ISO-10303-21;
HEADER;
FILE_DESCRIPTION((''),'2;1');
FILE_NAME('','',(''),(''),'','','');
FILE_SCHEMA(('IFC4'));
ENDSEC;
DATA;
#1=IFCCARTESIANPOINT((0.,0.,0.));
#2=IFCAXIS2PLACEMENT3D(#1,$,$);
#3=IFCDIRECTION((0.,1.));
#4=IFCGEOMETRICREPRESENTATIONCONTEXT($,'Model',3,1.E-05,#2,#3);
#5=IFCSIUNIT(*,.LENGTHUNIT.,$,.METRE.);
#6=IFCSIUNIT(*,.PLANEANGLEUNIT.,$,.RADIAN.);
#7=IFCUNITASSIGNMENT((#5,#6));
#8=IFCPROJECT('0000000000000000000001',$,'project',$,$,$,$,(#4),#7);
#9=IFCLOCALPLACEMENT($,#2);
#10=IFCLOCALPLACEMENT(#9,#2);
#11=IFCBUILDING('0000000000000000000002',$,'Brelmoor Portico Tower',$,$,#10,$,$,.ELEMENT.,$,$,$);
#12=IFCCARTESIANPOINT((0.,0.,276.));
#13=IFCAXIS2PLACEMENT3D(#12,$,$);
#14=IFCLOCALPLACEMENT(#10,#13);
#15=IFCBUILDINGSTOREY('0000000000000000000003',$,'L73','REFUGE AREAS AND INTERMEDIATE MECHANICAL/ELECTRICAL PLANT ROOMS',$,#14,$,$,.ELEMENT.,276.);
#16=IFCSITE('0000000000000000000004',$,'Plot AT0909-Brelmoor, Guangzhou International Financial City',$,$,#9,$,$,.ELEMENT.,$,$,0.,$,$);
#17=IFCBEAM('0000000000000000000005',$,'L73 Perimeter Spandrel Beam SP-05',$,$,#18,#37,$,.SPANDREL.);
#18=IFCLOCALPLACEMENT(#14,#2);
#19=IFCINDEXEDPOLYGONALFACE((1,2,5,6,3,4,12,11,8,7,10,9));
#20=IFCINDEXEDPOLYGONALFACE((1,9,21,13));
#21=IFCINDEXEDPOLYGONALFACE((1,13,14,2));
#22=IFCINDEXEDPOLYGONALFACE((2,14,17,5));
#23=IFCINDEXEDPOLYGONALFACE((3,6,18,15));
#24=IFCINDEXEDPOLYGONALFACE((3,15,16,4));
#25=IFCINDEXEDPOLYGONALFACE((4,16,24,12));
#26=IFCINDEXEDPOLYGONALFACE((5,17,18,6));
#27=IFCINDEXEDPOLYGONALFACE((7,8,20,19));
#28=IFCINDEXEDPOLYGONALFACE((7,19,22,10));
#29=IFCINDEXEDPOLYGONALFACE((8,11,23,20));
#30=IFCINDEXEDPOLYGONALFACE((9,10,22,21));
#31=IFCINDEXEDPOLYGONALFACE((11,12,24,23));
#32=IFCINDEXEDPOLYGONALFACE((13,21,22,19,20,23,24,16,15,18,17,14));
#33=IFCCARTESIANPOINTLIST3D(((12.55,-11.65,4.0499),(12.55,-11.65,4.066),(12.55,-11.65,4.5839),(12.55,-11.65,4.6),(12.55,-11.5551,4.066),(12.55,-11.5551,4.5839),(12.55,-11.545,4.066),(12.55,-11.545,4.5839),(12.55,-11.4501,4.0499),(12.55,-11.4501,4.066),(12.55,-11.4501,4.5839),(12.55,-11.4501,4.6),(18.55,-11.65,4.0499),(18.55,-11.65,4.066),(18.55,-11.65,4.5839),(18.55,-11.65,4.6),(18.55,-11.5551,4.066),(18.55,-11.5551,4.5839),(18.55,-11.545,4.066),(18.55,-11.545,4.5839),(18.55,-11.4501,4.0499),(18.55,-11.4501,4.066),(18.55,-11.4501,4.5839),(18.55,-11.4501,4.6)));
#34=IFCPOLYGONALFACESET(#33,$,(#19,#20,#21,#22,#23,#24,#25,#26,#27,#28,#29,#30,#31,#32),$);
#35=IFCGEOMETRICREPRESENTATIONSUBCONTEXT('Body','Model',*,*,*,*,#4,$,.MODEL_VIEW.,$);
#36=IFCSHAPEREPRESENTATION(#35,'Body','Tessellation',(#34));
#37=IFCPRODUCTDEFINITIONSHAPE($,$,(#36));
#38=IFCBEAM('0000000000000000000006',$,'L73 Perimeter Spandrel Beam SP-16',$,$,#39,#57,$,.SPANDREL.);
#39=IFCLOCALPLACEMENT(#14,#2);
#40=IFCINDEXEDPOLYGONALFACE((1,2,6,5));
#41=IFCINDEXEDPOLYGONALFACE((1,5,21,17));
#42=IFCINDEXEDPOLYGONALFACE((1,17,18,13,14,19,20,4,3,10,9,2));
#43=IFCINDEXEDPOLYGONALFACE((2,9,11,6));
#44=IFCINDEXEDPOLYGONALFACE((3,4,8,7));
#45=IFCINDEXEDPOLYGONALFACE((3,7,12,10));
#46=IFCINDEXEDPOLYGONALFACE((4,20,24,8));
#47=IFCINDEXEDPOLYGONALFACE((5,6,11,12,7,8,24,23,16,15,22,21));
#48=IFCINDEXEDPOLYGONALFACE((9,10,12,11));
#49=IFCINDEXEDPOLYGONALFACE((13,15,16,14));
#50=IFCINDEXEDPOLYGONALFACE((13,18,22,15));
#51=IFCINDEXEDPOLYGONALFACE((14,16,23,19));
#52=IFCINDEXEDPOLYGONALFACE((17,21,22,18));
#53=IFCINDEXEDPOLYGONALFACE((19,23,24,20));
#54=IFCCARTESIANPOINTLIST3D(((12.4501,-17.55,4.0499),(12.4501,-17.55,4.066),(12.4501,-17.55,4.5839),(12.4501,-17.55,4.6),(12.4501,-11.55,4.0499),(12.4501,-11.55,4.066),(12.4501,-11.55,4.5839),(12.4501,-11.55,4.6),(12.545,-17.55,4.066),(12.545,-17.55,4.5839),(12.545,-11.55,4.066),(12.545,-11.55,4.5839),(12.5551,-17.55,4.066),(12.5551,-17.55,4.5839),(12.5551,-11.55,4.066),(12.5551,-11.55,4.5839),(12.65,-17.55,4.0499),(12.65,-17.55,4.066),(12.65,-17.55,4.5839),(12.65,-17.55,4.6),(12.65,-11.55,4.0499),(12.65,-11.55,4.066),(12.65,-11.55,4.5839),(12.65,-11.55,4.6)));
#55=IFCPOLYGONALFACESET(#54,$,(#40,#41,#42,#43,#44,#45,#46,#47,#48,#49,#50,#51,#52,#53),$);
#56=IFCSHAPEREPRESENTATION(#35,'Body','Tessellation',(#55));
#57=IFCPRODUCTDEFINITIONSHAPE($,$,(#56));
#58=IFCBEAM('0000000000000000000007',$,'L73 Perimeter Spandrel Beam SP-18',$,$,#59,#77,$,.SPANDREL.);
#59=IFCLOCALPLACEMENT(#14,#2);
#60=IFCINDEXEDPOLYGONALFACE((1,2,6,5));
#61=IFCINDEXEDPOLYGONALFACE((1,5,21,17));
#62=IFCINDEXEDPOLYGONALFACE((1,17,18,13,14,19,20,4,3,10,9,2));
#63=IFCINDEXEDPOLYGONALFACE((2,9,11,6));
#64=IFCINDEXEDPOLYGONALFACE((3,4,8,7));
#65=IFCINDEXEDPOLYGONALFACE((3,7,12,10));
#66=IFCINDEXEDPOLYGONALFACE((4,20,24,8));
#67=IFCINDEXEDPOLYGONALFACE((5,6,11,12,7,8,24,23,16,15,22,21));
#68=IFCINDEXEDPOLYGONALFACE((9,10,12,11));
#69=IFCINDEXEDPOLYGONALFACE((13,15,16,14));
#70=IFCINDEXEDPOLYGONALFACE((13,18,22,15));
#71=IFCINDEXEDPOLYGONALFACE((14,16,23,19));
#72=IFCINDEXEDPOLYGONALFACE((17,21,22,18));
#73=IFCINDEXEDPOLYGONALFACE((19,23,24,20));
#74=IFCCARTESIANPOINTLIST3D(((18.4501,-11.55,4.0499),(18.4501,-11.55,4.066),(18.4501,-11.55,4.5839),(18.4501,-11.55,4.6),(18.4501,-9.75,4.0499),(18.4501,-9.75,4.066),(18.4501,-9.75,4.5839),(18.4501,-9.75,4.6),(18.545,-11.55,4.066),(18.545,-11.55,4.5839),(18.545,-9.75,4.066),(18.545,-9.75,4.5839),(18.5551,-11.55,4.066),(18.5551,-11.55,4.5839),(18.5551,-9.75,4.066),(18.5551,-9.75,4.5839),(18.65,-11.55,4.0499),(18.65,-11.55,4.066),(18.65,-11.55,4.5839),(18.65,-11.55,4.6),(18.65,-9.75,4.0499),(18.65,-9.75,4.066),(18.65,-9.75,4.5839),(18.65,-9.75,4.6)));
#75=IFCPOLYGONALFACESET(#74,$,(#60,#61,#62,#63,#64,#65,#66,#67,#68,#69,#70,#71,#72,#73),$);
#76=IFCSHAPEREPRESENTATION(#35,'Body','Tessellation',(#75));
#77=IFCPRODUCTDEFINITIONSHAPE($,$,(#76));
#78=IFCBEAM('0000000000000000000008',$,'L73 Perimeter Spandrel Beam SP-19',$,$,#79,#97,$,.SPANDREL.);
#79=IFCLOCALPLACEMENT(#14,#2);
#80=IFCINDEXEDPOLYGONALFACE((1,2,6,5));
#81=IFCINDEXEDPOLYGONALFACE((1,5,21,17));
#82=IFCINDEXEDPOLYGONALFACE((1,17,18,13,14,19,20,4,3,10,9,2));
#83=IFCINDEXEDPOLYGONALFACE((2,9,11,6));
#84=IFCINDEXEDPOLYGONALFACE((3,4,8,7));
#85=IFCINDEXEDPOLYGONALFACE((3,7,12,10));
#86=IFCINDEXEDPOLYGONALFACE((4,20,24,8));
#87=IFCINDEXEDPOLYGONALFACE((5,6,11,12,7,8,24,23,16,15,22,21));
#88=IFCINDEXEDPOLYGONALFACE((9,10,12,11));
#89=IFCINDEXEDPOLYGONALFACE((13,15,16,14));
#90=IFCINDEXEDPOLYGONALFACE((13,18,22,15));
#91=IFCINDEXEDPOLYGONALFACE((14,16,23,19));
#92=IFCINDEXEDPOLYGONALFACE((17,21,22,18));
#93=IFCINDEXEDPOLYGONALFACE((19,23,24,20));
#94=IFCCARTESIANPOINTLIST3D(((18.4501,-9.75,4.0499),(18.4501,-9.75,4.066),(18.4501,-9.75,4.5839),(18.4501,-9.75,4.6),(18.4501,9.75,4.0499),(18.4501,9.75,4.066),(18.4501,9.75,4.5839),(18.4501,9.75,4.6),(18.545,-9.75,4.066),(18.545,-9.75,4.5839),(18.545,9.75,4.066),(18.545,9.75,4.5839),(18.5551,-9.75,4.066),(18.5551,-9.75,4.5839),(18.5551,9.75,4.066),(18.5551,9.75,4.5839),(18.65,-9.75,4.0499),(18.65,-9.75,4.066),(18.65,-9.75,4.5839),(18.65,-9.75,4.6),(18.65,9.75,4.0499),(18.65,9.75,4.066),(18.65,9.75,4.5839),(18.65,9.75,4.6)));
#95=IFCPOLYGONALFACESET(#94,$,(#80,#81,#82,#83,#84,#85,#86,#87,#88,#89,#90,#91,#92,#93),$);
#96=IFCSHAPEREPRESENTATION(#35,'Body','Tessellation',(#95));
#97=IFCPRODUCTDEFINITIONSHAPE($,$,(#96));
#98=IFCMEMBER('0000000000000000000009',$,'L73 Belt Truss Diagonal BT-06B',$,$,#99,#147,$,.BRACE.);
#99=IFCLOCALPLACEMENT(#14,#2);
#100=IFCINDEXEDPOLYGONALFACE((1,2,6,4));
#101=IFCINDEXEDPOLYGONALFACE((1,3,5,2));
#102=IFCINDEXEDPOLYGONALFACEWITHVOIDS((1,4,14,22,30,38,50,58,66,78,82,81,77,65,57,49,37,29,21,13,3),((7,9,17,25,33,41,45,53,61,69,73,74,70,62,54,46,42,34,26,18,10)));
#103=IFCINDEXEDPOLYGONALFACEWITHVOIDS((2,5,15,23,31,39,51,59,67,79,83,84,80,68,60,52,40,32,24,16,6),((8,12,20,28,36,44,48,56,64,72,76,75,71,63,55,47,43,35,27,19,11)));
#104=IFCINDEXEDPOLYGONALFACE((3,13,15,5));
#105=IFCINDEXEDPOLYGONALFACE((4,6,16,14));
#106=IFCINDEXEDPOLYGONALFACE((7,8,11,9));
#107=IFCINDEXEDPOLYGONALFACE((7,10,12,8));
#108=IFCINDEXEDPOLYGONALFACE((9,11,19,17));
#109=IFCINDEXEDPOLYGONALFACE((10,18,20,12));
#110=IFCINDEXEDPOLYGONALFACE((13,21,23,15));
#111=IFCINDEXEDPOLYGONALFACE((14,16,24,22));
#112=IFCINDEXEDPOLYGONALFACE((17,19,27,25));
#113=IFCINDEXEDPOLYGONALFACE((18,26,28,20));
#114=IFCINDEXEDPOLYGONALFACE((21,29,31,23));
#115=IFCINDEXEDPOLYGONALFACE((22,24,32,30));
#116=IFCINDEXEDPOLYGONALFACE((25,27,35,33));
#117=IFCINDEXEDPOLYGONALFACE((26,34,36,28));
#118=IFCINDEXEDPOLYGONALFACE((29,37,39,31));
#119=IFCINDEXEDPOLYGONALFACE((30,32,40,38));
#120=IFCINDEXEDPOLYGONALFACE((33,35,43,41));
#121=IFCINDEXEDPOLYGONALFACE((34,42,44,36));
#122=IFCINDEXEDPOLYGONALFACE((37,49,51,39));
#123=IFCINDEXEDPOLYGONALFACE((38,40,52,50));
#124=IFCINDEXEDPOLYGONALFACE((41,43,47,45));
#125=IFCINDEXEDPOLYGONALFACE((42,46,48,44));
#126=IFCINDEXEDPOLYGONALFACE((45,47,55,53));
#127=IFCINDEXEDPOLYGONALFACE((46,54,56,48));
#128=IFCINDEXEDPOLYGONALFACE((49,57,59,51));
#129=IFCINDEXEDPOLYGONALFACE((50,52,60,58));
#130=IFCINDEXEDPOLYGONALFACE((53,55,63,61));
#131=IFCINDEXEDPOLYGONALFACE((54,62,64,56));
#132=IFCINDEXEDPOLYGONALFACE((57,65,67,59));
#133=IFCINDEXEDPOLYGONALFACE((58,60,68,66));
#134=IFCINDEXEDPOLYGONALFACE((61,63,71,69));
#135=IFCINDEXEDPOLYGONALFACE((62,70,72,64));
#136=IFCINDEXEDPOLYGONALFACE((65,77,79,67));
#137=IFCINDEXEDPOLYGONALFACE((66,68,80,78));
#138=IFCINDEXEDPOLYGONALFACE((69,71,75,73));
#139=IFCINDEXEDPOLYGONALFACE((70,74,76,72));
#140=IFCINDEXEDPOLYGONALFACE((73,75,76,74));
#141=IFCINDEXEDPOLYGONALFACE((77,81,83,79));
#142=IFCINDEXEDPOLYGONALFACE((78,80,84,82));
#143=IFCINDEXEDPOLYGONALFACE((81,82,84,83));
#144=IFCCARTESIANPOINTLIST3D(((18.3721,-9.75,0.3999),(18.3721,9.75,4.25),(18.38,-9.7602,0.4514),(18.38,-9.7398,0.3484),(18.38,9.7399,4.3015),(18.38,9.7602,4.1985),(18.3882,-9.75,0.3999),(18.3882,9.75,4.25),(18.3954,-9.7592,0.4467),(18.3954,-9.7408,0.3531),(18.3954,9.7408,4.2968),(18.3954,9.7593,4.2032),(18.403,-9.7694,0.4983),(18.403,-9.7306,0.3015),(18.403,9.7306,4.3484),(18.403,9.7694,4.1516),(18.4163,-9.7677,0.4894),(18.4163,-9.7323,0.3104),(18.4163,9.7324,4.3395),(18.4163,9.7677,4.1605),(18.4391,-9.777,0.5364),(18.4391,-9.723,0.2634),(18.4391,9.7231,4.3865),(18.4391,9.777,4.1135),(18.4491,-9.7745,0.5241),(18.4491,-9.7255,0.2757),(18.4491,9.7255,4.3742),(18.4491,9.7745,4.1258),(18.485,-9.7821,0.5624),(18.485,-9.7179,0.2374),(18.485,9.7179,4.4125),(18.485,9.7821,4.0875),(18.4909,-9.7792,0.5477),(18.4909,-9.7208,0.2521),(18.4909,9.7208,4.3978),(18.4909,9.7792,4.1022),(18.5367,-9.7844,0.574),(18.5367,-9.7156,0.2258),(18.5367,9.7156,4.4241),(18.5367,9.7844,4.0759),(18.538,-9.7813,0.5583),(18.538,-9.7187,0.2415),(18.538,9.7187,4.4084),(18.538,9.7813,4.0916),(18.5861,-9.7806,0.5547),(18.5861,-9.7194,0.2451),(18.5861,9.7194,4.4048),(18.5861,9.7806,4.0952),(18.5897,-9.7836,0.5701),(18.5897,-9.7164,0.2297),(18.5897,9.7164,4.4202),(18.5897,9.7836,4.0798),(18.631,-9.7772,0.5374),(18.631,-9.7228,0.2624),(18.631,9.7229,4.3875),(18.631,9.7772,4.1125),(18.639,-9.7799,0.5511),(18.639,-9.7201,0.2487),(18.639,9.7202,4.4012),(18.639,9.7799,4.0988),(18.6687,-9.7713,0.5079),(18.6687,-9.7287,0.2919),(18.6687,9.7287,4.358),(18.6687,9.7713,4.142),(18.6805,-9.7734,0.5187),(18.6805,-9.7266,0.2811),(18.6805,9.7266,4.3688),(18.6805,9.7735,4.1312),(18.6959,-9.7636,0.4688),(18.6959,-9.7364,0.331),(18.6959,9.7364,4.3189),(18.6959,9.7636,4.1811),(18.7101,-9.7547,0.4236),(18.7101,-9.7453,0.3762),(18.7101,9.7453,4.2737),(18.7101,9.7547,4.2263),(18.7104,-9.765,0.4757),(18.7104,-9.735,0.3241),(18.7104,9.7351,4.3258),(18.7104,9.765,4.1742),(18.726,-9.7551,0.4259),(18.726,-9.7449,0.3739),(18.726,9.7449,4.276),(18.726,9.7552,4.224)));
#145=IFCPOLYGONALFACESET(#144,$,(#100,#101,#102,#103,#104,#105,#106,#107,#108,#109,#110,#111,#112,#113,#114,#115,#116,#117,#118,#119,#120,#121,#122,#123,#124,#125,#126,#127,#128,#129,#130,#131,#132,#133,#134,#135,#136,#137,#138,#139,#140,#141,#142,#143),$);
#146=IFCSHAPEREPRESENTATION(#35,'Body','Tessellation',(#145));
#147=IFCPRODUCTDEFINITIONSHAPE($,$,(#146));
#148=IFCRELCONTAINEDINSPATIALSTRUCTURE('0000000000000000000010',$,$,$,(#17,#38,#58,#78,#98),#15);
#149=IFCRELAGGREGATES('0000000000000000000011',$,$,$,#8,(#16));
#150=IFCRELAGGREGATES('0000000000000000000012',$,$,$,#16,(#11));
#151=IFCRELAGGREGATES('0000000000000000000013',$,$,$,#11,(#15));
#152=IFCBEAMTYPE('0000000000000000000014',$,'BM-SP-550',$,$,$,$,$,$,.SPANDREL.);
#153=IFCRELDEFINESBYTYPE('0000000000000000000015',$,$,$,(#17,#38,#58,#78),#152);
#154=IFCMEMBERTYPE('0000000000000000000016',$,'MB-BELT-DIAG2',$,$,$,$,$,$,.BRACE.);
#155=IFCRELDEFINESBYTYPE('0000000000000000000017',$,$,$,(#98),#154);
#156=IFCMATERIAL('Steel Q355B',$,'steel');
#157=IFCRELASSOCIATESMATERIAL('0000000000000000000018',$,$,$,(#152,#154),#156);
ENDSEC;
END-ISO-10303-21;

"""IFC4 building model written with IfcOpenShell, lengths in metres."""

from ifc_helpers import new_model, si_unit, direction, frame, origin, origin_2d, place, context, subcontext, project, spatial, hollow_circle, i_section, extrude, material, material_profile, profile_set, type_object, element, save


model = new_model("IFC4")

# Units and contexts
model_context = context("Model", 3, precision=1e-05, world=origin(), true_north=direction((0.0, 1.0)))
body_context = subcontext(model_context, "Body", "Model", "MODEL_VIEW")
ifc_project = project(units=[si_unit("LENGTHUNIT", "METRE"), si_unit("PLANEANGLEUNIT", "RADIAN")], contexts=[model_context])

# Site, building, storey
site_placement = place(None, origin())
site = spatial("IfcSite", under=ifc_project, at=site_placement, Name="Plot AT0909-Brelmoor, Guangzhou International Financial City", CompositionType="ELEMENT", RefElevation=0.0)
building_placement = place(site_placement, origin())
building = spatial("IfcBuilding", under=site, at=building_placement, Name="Brelmoor Portico Tower", CompositionType="ELEMENT")
storey_placement = place(building_placement, frame((0.0, 0.0, 276.0)))
storey = spatial("IfcBuildingStorey", under=building, at=storey_placement, Name="L73", Description="REFUGE AREAS AND INTERMEDIATE MECHANICAL/ELECTRICAL PLANT ROOMS", CompositionType="ELEMENT", Elevation=276.0)

# Shared definitions
ifc_material_1 = material(Name="Steel Q355B", Category="steel")

# Beams
ifc_material_profile_1 = material_profile(ifc_material_1, i_section(OverallWidth=0.2, OverallDepth=0.55, WebThickness=0.01, FlangeThickness=0.0161, at=origin_2d()), Name="HN 550x200x10x16")
ifc_profile_set_1 = profile_set([ifc_material_profile_1], Name="Steel Q355B")
beam_type_1 = type_object("IfcBeamType", Name="BM-SP-550", PredefinedType="SPANDREL", material=ifc_profile_set_1)
for number, where, z_axis, x_axis, name in (
    (1, (12.55, -11.55, 4.325), (1.0, 0.0, 0.0), (0.0, 1.0, 0.0), "L73 Perimeter Spandrel Beam SP-05"),
    (2, (12.55, -17.55, 4.325), (0.0, 1.0, 0.0), (-1.0, 0.0, 0.0), "L73 Perimeter Spandrel Beam SP-16"),
):
    element("IfcBeam", number, at=place(storey_placement, frame(where, z_axis=z_axis, x_axis=x_axis)), inside=storey, type_object=beam_type_1, Name=name, PredefinedType="SPANDREL", context=body_context, shape_type="SweptSolid", body=[
        extrude(i_section(OverallWidth=0.2, OverallDepth=0.55, WebThickness=0.01, FlangeThickness=0.0161, at=origin_2d()), origin(), (0.0, 0.0, 1.0), 6.0),
    ])
beam_1_placement = place(storey_placement, frame((18.55, -11.55, 4.325), z_axis=(0.0, 1.0, 0.0), x_axis=(-1.0, 0.0, 0.0)))
element("IfcBeam", 3, at=beam_1_placement, inside=storey, type_object=beam_type_1, Name="L73 Perimeter Spandrel Beam SP-18", PredefinedType="SPANDREL", context=body_context, shape_type="SweptSolid", body=[
    extrude(i_section(OverallWidth=0.2, OverallDepth=0.55, WebThickness=0.01, FlangeThickness=0.0161, at=origin_2d()), origin(), (0.0, 0.0, 1.0), 1.8),
])
beam_2_placement = place(storey_placement, frame((18.55, -9.75, 4.325), z_axis=(0.0, 1.0, 0.0), x_axis=(-1.0, 0.0, 0.0)))
element("IfcBeam", 4, at=beam_2_placement, inside=storey, type_object=beam_type_1, Name="L73 Perimeter Spandrel Beam SP-19", PredefinedType="SPANDREL", context=body_context, shape_type="SweptSolid", body=[
    extrude(i_section(OverallWidth=0.2, OverallDepth=0.55, WebThickness=0.01, FlangeThickness=0.0161, at=origin_2d()), origin(), (0.0, 0.0, 1.0), 19.5),
])

# Member
ifc_material_profile_2 = material_profile(ifc_material_1, hollow_circle(Radius=0.178, WallThickness=0.0161, at=origin_2d()), Name="CHS 356x16")
ifc_profile_set_2 = profile_set([ifc_material_profile_2], Name="Steel Q355B")
member_type_1 = type_object("IfcMemberType", Name="MB-BELT-DIAG2", PredefinedType="BRACE", material=ifc_profile_set_2)
member_1_placement = place(storey_placement, frame((18.55, -9.75, 0.3999), z_axis=(0.0, 0.981061, 0.193701), x_axis=(-1.0, 0.0, 0.0)))
element("IfcMember", 5, at=member_1_placement, inside=storey, type_object=member_type_1, Name="L73 Belt Truss Diagonal BT-06B", PredefinedType="BRACE", context=body_context, shape_type="SweptSolid", body=[
    extrude(hollow_circle(Radius=0.178, WallThickness=0.0161, at=origin_2d()), origin(), (0.0, 0.0, 1.0), 19.8765),
])

save(model, "model.ifc")
